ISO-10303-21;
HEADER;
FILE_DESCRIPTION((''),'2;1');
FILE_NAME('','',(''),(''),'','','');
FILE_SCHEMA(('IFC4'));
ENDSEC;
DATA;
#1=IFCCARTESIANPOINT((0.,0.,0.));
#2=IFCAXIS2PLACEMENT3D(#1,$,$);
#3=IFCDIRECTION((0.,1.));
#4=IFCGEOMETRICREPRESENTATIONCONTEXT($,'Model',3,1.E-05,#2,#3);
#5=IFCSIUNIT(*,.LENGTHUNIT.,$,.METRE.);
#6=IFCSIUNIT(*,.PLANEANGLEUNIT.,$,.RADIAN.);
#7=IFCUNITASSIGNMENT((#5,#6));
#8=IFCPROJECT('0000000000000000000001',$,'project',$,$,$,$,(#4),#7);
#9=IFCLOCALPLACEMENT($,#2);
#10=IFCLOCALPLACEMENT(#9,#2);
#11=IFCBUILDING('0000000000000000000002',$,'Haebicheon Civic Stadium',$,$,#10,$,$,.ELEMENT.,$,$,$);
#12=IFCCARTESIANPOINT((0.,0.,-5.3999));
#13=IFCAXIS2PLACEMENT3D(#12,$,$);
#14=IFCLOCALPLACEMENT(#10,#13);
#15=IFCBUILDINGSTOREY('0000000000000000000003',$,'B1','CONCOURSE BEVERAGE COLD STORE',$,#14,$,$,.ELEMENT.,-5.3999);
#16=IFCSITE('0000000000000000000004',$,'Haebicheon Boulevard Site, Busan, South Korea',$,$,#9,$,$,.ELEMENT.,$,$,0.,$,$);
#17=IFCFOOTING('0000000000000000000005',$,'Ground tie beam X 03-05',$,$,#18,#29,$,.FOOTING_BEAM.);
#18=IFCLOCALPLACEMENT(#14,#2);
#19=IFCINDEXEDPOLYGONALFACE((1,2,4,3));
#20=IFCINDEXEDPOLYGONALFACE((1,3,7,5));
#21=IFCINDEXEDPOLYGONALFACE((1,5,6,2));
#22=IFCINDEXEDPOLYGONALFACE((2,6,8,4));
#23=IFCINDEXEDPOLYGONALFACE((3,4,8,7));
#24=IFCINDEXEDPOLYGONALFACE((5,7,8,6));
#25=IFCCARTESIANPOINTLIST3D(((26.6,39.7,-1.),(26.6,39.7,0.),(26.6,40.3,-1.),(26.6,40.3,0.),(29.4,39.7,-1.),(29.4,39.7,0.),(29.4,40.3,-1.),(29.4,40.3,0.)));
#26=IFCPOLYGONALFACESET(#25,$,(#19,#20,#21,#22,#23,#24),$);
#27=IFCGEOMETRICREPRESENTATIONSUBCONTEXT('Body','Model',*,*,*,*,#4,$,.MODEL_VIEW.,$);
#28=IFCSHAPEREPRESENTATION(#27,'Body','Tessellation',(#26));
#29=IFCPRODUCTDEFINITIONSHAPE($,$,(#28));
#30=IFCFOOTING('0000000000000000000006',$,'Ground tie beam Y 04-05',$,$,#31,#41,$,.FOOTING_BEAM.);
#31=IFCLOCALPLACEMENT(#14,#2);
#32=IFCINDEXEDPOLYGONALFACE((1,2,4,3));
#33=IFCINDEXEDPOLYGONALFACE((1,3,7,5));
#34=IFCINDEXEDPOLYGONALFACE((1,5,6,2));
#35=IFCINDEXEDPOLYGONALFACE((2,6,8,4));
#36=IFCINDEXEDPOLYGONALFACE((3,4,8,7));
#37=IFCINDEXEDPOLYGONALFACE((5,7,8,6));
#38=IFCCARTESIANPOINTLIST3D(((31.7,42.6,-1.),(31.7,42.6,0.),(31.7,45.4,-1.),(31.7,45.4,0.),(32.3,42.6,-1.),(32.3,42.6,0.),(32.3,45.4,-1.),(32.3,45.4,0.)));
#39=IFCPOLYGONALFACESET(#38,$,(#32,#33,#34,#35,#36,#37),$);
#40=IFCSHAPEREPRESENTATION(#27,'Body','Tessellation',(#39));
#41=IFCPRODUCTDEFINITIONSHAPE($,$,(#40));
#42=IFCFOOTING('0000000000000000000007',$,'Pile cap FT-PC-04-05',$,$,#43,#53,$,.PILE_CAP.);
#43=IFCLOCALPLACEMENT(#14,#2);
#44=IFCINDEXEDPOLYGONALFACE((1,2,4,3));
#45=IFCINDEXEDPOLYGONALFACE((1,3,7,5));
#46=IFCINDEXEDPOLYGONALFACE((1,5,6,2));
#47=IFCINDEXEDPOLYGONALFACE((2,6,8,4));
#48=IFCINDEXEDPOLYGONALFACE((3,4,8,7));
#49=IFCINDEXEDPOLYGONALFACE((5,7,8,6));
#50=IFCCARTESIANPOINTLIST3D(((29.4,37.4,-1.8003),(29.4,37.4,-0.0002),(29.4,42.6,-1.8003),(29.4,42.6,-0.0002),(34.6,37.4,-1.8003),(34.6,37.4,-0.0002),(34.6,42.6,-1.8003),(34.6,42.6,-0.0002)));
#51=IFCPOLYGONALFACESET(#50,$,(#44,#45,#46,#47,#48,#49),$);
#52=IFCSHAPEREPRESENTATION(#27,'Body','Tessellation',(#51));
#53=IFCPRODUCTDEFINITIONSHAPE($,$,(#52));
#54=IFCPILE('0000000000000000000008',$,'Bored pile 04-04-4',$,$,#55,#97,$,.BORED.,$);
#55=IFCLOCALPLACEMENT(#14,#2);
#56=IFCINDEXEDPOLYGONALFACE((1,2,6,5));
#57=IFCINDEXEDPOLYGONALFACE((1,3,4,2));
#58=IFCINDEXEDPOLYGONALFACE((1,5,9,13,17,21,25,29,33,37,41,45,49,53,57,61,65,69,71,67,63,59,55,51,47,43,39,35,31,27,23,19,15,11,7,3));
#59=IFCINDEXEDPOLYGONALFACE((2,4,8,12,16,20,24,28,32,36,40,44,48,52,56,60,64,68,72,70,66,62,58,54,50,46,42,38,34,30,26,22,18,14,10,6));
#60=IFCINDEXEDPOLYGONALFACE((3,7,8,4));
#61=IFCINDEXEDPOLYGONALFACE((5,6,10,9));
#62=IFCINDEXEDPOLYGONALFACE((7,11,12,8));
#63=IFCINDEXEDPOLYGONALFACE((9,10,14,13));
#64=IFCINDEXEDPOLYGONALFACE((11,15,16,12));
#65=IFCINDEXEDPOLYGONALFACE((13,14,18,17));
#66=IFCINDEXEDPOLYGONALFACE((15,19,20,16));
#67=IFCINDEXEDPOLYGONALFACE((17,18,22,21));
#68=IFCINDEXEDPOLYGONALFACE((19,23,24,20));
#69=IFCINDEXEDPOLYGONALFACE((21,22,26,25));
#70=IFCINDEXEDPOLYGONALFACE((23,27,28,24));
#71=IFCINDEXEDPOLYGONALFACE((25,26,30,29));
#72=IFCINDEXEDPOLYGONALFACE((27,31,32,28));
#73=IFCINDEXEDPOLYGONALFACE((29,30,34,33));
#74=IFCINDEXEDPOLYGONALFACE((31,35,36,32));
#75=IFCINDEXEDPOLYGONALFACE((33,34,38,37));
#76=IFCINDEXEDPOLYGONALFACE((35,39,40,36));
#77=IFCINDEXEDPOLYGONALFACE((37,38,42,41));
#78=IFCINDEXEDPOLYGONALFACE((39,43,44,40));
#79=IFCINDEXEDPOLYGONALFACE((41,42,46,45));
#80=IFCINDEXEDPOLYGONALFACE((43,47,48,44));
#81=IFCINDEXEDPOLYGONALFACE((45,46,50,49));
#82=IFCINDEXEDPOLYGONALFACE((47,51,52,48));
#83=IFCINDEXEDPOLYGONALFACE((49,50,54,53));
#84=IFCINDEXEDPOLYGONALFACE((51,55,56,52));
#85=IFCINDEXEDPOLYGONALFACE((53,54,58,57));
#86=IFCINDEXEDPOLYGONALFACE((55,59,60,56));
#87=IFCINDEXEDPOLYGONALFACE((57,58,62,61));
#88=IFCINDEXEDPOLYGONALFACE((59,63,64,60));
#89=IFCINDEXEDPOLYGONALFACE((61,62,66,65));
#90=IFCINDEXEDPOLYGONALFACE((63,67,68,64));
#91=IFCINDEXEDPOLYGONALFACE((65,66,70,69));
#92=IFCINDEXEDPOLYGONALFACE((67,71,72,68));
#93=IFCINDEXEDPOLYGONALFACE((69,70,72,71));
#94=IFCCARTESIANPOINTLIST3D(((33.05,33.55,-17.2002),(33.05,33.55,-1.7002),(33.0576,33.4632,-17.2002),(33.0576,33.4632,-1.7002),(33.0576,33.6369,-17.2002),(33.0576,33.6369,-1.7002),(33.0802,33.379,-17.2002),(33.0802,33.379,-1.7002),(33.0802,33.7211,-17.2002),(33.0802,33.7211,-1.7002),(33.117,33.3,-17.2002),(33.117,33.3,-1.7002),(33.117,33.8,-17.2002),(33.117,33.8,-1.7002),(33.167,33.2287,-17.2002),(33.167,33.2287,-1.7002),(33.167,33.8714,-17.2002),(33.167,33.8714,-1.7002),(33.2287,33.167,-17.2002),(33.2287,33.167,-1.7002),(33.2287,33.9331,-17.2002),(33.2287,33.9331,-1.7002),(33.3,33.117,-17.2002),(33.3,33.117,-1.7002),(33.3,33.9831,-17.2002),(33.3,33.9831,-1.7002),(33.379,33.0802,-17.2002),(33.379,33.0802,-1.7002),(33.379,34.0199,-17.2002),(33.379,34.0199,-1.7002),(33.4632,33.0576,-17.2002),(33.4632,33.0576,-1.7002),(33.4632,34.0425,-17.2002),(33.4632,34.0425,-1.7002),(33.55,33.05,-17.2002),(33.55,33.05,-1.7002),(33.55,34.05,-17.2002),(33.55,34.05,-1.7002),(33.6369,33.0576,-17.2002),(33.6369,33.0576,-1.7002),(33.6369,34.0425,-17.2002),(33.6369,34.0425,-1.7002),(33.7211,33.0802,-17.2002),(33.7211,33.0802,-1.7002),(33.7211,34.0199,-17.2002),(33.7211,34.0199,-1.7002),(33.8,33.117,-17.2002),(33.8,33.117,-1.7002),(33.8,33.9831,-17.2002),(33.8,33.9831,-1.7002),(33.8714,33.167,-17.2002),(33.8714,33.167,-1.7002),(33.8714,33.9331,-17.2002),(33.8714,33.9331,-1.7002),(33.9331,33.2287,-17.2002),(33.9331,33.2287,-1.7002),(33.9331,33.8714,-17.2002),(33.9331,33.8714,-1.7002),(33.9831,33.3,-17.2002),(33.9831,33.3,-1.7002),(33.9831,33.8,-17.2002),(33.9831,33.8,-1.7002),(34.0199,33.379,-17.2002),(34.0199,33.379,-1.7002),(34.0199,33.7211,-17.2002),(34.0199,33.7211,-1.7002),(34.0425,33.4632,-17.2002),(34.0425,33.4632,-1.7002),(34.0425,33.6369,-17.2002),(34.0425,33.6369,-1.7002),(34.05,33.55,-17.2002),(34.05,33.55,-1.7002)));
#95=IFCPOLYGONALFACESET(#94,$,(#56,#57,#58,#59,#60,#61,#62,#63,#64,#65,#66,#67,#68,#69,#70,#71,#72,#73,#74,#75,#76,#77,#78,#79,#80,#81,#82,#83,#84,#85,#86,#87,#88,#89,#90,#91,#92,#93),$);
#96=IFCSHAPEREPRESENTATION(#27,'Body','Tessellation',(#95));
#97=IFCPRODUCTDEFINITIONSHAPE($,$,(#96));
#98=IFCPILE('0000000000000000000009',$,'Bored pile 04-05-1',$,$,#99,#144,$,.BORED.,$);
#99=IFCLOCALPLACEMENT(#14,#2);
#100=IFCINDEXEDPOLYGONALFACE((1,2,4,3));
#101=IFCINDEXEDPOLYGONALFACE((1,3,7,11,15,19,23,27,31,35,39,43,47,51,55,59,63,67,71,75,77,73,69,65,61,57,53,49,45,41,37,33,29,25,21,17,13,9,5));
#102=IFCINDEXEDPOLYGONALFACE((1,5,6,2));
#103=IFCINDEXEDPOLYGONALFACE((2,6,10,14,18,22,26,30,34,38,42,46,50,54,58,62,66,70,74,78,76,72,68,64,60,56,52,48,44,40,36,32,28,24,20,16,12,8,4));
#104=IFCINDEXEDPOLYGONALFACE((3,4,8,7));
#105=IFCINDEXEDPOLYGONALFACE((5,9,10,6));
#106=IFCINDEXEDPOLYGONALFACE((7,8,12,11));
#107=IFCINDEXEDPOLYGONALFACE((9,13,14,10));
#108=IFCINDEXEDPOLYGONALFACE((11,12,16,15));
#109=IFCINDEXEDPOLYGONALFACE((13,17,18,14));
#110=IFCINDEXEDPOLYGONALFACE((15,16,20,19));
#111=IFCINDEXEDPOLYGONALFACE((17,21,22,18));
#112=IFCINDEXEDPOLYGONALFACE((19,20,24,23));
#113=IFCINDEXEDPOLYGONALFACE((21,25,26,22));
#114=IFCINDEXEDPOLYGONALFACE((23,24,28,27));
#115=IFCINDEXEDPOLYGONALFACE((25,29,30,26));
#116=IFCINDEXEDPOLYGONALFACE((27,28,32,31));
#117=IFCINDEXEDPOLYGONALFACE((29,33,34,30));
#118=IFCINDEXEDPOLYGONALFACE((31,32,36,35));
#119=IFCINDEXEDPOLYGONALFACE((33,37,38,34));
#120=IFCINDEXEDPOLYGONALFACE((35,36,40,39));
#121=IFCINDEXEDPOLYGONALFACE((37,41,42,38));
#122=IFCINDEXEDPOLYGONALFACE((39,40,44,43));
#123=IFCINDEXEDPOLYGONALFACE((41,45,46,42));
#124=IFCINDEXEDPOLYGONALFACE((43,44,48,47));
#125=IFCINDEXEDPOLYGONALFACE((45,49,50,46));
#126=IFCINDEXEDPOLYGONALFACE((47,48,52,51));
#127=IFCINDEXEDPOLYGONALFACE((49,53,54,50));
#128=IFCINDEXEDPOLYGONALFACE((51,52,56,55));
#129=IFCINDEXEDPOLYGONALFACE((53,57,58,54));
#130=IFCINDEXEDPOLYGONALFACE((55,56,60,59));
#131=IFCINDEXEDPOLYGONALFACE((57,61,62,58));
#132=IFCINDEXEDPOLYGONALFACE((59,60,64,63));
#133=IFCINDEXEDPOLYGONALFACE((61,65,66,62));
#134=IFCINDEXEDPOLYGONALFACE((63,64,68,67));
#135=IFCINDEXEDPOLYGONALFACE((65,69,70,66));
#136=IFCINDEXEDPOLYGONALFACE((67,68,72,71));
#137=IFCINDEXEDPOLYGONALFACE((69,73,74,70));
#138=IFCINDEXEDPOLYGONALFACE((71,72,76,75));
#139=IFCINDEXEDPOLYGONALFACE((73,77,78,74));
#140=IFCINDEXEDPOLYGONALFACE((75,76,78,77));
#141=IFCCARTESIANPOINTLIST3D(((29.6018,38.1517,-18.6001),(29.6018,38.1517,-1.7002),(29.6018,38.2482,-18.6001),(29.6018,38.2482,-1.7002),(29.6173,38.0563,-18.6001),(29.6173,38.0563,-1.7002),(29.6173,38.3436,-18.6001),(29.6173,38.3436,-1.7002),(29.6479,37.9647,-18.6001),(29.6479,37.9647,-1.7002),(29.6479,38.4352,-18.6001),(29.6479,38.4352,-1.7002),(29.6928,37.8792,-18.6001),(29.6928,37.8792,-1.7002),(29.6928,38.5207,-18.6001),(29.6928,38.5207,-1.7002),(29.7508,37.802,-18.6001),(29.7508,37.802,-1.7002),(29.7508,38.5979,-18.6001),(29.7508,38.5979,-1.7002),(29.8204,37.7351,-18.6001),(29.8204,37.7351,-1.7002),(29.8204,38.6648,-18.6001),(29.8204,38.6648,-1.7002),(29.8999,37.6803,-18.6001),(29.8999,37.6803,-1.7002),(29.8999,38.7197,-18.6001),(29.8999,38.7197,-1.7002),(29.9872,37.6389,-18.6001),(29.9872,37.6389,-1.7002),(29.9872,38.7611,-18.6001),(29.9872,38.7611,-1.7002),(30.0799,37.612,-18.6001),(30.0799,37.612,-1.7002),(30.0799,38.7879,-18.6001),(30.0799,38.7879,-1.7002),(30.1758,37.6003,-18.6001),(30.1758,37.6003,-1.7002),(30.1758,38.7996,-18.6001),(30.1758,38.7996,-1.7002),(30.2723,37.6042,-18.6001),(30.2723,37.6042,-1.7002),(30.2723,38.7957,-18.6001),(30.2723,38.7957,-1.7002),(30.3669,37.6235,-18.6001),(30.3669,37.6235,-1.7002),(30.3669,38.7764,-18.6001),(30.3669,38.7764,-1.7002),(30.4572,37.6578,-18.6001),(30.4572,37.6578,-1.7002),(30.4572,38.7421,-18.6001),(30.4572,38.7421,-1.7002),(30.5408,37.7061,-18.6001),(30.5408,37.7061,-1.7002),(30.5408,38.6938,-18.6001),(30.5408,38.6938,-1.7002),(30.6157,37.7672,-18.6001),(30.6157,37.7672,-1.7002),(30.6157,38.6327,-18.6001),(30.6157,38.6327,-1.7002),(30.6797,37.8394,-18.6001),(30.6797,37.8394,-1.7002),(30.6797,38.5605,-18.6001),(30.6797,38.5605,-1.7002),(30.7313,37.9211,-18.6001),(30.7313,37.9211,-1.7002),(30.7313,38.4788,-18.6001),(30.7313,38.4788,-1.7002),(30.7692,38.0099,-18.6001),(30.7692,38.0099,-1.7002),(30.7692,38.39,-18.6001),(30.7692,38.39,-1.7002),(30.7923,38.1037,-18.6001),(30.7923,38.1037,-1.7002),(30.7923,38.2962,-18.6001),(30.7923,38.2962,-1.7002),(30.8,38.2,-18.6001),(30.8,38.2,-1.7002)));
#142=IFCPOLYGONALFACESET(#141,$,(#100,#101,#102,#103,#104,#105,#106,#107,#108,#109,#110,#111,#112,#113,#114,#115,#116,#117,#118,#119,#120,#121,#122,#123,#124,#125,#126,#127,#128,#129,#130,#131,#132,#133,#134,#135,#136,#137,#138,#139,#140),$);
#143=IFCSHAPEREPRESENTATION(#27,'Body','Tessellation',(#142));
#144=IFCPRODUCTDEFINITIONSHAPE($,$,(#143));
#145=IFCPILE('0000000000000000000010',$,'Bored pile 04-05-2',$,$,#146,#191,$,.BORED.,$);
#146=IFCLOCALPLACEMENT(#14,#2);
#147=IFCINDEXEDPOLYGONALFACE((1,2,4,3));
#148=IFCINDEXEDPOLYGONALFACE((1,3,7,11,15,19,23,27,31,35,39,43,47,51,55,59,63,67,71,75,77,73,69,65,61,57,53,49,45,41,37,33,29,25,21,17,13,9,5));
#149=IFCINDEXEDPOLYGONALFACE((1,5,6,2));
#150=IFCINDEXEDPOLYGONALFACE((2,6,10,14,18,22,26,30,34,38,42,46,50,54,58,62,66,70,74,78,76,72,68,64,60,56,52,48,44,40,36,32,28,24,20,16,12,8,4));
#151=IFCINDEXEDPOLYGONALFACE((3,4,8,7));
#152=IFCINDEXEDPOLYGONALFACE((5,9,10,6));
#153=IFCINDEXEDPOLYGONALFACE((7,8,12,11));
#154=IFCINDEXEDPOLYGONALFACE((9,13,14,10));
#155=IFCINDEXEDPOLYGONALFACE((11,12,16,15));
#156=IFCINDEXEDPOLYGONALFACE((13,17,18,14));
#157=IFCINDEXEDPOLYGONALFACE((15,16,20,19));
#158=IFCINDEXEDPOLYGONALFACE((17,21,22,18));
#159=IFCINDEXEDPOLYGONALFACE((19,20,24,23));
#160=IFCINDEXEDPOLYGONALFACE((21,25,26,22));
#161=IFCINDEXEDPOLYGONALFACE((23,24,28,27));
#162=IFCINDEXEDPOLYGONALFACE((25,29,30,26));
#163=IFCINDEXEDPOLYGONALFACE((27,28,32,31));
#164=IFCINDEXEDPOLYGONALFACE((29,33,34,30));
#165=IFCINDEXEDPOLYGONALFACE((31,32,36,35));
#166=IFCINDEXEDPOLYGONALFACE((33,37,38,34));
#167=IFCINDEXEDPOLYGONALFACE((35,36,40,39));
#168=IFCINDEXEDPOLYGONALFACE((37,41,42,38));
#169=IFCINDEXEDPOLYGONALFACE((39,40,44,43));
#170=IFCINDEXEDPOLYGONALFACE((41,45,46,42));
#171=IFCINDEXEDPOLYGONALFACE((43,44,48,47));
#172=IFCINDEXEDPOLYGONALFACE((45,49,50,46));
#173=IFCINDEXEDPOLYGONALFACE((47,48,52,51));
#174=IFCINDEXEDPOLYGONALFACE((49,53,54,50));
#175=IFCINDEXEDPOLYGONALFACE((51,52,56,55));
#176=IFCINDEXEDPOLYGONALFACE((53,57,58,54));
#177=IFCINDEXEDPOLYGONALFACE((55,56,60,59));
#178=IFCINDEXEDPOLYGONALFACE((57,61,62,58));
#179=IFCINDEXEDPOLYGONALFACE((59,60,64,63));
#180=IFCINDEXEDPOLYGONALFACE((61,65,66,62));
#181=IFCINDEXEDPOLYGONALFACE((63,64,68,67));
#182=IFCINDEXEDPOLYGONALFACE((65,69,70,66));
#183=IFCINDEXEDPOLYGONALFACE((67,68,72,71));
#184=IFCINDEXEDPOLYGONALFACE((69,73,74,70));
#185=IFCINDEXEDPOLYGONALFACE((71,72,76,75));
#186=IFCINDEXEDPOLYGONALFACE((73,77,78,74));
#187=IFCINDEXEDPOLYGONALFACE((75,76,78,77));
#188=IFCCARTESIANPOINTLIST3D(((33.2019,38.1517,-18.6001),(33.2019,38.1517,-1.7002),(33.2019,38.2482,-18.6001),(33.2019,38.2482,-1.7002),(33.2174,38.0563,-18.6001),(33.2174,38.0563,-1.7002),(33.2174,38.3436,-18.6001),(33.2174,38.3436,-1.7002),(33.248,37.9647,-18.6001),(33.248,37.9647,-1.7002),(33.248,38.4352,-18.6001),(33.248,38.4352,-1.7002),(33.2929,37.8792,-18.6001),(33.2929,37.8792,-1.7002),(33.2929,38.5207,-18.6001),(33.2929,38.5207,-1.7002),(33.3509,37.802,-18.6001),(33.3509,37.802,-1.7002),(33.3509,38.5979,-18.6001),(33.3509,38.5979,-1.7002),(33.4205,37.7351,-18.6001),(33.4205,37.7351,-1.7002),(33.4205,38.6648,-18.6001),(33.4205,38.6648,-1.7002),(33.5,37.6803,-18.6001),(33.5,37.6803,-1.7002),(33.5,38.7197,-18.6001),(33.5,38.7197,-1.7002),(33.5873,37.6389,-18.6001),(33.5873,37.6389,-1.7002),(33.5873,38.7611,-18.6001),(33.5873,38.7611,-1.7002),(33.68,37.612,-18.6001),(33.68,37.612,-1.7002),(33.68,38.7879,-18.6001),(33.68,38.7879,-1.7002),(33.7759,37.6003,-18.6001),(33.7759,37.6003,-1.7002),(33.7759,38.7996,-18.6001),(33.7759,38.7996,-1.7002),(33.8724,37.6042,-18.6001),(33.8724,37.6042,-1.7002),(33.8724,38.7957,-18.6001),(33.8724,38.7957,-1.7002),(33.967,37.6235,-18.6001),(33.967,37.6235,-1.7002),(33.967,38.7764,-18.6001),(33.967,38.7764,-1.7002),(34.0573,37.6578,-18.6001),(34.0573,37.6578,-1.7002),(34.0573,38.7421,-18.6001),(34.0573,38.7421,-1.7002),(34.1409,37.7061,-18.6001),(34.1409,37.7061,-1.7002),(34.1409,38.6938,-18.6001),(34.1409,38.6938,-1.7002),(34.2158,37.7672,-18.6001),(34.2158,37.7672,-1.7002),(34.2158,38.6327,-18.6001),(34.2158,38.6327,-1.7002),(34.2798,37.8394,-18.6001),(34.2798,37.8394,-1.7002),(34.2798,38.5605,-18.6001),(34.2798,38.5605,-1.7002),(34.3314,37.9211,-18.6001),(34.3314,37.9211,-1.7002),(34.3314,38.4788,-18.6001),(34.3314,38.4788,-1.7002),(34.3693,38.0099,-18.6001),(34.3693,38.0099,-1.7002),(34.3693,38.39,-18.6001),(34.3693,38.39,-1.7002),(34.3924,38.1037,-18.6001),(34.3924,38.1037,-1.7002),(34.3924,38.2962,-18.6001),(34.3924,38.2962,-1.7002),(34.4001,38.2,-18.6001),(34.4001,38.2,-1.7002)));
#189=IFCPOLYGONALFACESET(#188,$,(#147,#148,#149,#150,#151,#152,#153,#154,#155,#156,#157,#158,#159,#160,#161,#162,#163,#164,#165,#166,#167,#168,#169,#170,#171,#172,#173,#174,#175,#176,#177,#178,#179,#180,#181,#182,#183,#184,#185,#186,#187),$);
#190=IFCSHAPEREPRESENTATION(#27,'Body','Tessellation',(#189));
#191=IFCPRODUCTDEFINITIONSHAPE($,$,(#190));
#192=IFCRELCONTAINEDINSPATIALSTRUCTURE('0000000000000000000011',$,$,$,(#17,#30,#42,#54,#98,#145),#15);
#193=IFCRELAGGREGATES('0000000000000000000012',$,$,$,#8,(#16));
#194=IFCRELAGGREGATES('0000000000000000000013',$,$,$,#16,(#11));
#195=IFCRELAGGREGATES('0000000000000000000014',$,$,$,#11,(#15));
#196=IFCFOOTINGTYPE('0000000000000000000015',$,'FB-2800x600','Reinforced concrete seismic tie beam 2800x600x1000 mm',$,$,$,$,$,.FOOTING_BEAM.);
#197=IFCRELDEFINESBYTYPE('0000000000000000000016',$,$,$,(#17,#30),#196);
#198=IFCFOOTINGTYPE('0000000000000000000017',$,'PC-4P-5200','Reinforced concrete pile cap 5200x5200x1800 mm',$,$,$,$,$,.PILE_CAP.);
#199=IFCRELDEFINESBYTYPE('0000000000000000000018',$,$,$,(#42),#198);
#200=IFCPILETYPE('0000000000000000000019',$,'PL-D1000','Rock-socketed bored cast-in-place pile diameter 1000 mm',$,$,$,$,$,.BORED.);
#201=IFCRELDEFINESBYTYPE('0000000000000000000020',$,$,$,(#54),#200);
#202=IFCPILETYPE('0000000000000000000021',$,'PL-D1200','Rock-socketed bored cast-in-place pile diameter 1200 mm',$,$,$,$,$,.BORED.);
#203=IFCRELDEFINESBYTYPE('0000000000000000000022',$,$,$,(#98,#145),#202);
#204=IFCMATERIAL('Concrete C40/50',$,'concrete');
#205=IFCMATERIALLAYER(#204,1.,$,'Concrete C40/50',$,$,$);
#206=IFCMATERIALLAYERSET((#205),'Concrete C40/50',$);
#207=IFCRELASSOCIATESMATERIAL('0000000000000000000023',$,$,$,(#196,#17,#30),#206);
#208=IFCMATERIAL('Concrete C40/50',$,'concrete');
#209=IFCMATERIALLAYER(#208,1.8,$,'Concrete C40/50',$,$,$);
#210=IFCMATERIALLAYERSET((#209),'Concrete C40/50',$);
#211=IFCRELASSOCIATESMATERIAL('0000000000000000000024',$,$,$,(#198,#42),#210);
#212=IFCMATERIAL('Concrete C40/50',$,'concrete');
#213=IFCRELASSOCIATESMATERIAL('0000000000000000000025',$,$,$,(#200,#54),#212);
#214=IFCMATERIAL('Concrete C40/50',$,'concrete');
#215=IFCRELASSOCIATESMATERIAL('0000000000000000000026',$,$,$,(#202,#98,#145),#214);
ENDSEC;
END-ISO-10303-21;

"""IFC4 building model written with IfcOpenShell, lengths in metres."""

from ifc_helpers import new_model, si_unit, direction, frame, origin, origin_2d, place, context, subcontext, project, spatial, rectangle, circle, extrude, material, layer, layer_set, material_profile, profile_set, type_object, element, save


model = new_model("IFC4")

# Units and contexts
model_context = context("Model", 3, precision=1e-05, world=origin(), true_north=direction((0.0, 1.0)))
body_context = subcontext(model_context, "Body", "Model", "MODEL_VIEW")
ifc_project = project(units=[si_unit("LENGTHUNIT", "METRE"), si_unit("PLANEANGLEUNIT", "RADIAN")], contexts=[model_context])

# Site, building, storey
site_placement = place(None, origin())
site = spatial("IfcSite", under=ifc_project, at=site_placement, Name="Haebicheon Boulevard Site, Busan, South Korea", CompositionType="ELEMENT", RefElevation=0.0)
building_placement = place(site_placement, origin())
building = spatial("IfcBuilding", under=site, at=building_placement, Name="Haebicheon Civic Stadium", CompositionType="ELEMENT")
storey_placement = place(building_placement, frame((0.0, 0.0, -5.3999)))
storey = spatial("IfcBuildingStorey", under=building, at=storey_placement, Name="B1", Description="CONCOURSE BEVERAGE COLD STORE", CompositionType="ELEMENT", Elevation=-5.3999)

# Footings
ifc_material_1 = material(Name="Concrete C40/50", Category="concrete")
ifc_layer_1 = layer(ifc_material_1, 1.0, Name="Concrete C40/50")
ifc_layer_set_1 = layer_set([ifc_layer_1], Name="Concrete C40/50")
footing_type_1 = type_object("IfcFootingType", Name="FB-2800x600", Description="Reinforced concrete seismic tie beam 2800x600x1000 mm", PredefinedType="FOOTING_BEAM", material=ifc_layer_set_1)
for number, where, z_axis, x_axis, name in (
    (1, (28.0, 40.0, -1.0), (0.0, 0.0, 1.0), (1.0, 0.0, 0.0), "Ground tie beam X 03-05"),
    (2, (32.0, 44.0, -1.0), (0.0, 0.0, 1.0), (0.0, 1.0, 0.0), "Ground tie beam Y 04-05"),
):
    element("IfcFooting", number, at=place(storey_placement, frame(where, z_axis=z_axis, x_axis=x_axis)), inside=storey, type_object=footing_type_1, material=ifc_layer_set_1, Name=name, PredefinedType="FOOTING_BEAM", context=body_context, shape_type="SweptSolid", body=[
        extrude(rectangle(XDim=2.8, YDim=0.6001, at=origin_2d()), origin(), (0.0, 0.0, 1.0), 1.0),
    ])
ifc_material_2 = material(Name="Concrete C40/50", Category="concrete")
ifc_layer_2 = layer(ifc_material_2, 1.8, Name="Concrete C40/50")
ifc_layer_set_2 = layer_set([ifc_layer_2], Name="Concrete C40/50")
footing_type_2 = type_object("IfcFootingType", Name="PC-4P-5200", Description="Reinforced concrete pile cap 5200x5200x1800 mm", PredefinedType="PILE_CAP", material=ifc_layer_set_2)
footing_placement = place(storey_placement, frame((32.0, 40.0, -1.8003), z_axis=(0.0, 0.0, 1.0), x_axis=(1.0, 0.0, 0.0)))
element("IfcFooting", 3, at=footing_placement, inside=storey, type_object=footing_type_2, material=ifc_layer_set_2, Name="Pile cap FT-PC-04-05", PredefinedType="PILE_CAP", context=body_context, shape_type="SweptSolid", body=[
    extrude(rectangle(XDim=5.2, YDim=5.2, at=origin_2d()), origin(), (0.0, 0.0, 1.0), 1.8),
])

# Piles
ifc_material_3 = material(Name="Concrete C40/50", Category="concrete")
ifc_material_profile_1 = material_profile(ifc_material_3, circle(Radius=0.5, at=origin_2d()), Name="PILE-D1000")
ifc_profile_set_1 = profile_set([ifc_material_profile_1], Name="Concrete C40/50")
pile_type_1 = type_object("IfcPileType", Name="PL-D1000", Description="Rock-socketed bored cast-in-place pile diameter 1000 mm", PredefinedType="BORED", material=ifc_profile_set_1)
pile_placement = place(storey_placement, frame((33.55, 33.55, -1.7002), z_axis=(0.0, 0.0, -1.0), x_axis=(1.0, 0.0, 0.0)))
element("IfcPile", 4, at=pile_placement, inside=storey, type_object=pile_type_1, material=ifc_profile_set_1, Name="Bored pile 04-04-4", PredefinedType="BORED", context=body_context, shape_type="SweptSolid", body=[
    extrude(circle(Radius=0.5, at=origin_2d()), origin(), (0.0, 0.0, 1.0), 15.5),
])
ifc_material_4 = material(Name="Concrete C40/50", Category="concrete")
ifc_material_profile_2 = material_profile(ifc_material_4, circle(Radius=0.6001, at=origin_2d()), Name="PILE-D1200")
ifc_profile_set_2 = profile_set([ifc_material_profile_2], Name="Concrete C40/50")
pile_type_2 = type_object("IfcPileType", Name="PL-D1200", Description="Rock-socketed bored cast-in-place pile diameter 1200 mm", PredefinedType="BORED", material=ifc_profile_set_2)
for number, where, z_axis, x_axis, name in (
    (5, (30.2, 38.2, -1.7002), (0.0, 0.0, -1.0), (1.0, 0.0, 0.0), "Bored pile 04-05-1"),
    (6, (33.8, 38.2, -1.7002), (0.0, 0.0, -1.0), (1.0, 0.0, 0.0), "Bored pile 04-05-2"),
):
    element("IfcPile", number, at=place(storey_placement, frame(where, z_axis=z_axis, x_axis=x_axis)), inside=storey, type_object=pile_type_2, material=ifc_profile_set_2, Name=name, PredefinedType="BORED", context=body_context, shape_type="SweptSolid", body=[
        extrude(circle(Radius=0.6001, at=origin_2d()), origin(), (0.0, 0.0, 1.0), 16.8999),
    ])

save(model, "model.ifc")
